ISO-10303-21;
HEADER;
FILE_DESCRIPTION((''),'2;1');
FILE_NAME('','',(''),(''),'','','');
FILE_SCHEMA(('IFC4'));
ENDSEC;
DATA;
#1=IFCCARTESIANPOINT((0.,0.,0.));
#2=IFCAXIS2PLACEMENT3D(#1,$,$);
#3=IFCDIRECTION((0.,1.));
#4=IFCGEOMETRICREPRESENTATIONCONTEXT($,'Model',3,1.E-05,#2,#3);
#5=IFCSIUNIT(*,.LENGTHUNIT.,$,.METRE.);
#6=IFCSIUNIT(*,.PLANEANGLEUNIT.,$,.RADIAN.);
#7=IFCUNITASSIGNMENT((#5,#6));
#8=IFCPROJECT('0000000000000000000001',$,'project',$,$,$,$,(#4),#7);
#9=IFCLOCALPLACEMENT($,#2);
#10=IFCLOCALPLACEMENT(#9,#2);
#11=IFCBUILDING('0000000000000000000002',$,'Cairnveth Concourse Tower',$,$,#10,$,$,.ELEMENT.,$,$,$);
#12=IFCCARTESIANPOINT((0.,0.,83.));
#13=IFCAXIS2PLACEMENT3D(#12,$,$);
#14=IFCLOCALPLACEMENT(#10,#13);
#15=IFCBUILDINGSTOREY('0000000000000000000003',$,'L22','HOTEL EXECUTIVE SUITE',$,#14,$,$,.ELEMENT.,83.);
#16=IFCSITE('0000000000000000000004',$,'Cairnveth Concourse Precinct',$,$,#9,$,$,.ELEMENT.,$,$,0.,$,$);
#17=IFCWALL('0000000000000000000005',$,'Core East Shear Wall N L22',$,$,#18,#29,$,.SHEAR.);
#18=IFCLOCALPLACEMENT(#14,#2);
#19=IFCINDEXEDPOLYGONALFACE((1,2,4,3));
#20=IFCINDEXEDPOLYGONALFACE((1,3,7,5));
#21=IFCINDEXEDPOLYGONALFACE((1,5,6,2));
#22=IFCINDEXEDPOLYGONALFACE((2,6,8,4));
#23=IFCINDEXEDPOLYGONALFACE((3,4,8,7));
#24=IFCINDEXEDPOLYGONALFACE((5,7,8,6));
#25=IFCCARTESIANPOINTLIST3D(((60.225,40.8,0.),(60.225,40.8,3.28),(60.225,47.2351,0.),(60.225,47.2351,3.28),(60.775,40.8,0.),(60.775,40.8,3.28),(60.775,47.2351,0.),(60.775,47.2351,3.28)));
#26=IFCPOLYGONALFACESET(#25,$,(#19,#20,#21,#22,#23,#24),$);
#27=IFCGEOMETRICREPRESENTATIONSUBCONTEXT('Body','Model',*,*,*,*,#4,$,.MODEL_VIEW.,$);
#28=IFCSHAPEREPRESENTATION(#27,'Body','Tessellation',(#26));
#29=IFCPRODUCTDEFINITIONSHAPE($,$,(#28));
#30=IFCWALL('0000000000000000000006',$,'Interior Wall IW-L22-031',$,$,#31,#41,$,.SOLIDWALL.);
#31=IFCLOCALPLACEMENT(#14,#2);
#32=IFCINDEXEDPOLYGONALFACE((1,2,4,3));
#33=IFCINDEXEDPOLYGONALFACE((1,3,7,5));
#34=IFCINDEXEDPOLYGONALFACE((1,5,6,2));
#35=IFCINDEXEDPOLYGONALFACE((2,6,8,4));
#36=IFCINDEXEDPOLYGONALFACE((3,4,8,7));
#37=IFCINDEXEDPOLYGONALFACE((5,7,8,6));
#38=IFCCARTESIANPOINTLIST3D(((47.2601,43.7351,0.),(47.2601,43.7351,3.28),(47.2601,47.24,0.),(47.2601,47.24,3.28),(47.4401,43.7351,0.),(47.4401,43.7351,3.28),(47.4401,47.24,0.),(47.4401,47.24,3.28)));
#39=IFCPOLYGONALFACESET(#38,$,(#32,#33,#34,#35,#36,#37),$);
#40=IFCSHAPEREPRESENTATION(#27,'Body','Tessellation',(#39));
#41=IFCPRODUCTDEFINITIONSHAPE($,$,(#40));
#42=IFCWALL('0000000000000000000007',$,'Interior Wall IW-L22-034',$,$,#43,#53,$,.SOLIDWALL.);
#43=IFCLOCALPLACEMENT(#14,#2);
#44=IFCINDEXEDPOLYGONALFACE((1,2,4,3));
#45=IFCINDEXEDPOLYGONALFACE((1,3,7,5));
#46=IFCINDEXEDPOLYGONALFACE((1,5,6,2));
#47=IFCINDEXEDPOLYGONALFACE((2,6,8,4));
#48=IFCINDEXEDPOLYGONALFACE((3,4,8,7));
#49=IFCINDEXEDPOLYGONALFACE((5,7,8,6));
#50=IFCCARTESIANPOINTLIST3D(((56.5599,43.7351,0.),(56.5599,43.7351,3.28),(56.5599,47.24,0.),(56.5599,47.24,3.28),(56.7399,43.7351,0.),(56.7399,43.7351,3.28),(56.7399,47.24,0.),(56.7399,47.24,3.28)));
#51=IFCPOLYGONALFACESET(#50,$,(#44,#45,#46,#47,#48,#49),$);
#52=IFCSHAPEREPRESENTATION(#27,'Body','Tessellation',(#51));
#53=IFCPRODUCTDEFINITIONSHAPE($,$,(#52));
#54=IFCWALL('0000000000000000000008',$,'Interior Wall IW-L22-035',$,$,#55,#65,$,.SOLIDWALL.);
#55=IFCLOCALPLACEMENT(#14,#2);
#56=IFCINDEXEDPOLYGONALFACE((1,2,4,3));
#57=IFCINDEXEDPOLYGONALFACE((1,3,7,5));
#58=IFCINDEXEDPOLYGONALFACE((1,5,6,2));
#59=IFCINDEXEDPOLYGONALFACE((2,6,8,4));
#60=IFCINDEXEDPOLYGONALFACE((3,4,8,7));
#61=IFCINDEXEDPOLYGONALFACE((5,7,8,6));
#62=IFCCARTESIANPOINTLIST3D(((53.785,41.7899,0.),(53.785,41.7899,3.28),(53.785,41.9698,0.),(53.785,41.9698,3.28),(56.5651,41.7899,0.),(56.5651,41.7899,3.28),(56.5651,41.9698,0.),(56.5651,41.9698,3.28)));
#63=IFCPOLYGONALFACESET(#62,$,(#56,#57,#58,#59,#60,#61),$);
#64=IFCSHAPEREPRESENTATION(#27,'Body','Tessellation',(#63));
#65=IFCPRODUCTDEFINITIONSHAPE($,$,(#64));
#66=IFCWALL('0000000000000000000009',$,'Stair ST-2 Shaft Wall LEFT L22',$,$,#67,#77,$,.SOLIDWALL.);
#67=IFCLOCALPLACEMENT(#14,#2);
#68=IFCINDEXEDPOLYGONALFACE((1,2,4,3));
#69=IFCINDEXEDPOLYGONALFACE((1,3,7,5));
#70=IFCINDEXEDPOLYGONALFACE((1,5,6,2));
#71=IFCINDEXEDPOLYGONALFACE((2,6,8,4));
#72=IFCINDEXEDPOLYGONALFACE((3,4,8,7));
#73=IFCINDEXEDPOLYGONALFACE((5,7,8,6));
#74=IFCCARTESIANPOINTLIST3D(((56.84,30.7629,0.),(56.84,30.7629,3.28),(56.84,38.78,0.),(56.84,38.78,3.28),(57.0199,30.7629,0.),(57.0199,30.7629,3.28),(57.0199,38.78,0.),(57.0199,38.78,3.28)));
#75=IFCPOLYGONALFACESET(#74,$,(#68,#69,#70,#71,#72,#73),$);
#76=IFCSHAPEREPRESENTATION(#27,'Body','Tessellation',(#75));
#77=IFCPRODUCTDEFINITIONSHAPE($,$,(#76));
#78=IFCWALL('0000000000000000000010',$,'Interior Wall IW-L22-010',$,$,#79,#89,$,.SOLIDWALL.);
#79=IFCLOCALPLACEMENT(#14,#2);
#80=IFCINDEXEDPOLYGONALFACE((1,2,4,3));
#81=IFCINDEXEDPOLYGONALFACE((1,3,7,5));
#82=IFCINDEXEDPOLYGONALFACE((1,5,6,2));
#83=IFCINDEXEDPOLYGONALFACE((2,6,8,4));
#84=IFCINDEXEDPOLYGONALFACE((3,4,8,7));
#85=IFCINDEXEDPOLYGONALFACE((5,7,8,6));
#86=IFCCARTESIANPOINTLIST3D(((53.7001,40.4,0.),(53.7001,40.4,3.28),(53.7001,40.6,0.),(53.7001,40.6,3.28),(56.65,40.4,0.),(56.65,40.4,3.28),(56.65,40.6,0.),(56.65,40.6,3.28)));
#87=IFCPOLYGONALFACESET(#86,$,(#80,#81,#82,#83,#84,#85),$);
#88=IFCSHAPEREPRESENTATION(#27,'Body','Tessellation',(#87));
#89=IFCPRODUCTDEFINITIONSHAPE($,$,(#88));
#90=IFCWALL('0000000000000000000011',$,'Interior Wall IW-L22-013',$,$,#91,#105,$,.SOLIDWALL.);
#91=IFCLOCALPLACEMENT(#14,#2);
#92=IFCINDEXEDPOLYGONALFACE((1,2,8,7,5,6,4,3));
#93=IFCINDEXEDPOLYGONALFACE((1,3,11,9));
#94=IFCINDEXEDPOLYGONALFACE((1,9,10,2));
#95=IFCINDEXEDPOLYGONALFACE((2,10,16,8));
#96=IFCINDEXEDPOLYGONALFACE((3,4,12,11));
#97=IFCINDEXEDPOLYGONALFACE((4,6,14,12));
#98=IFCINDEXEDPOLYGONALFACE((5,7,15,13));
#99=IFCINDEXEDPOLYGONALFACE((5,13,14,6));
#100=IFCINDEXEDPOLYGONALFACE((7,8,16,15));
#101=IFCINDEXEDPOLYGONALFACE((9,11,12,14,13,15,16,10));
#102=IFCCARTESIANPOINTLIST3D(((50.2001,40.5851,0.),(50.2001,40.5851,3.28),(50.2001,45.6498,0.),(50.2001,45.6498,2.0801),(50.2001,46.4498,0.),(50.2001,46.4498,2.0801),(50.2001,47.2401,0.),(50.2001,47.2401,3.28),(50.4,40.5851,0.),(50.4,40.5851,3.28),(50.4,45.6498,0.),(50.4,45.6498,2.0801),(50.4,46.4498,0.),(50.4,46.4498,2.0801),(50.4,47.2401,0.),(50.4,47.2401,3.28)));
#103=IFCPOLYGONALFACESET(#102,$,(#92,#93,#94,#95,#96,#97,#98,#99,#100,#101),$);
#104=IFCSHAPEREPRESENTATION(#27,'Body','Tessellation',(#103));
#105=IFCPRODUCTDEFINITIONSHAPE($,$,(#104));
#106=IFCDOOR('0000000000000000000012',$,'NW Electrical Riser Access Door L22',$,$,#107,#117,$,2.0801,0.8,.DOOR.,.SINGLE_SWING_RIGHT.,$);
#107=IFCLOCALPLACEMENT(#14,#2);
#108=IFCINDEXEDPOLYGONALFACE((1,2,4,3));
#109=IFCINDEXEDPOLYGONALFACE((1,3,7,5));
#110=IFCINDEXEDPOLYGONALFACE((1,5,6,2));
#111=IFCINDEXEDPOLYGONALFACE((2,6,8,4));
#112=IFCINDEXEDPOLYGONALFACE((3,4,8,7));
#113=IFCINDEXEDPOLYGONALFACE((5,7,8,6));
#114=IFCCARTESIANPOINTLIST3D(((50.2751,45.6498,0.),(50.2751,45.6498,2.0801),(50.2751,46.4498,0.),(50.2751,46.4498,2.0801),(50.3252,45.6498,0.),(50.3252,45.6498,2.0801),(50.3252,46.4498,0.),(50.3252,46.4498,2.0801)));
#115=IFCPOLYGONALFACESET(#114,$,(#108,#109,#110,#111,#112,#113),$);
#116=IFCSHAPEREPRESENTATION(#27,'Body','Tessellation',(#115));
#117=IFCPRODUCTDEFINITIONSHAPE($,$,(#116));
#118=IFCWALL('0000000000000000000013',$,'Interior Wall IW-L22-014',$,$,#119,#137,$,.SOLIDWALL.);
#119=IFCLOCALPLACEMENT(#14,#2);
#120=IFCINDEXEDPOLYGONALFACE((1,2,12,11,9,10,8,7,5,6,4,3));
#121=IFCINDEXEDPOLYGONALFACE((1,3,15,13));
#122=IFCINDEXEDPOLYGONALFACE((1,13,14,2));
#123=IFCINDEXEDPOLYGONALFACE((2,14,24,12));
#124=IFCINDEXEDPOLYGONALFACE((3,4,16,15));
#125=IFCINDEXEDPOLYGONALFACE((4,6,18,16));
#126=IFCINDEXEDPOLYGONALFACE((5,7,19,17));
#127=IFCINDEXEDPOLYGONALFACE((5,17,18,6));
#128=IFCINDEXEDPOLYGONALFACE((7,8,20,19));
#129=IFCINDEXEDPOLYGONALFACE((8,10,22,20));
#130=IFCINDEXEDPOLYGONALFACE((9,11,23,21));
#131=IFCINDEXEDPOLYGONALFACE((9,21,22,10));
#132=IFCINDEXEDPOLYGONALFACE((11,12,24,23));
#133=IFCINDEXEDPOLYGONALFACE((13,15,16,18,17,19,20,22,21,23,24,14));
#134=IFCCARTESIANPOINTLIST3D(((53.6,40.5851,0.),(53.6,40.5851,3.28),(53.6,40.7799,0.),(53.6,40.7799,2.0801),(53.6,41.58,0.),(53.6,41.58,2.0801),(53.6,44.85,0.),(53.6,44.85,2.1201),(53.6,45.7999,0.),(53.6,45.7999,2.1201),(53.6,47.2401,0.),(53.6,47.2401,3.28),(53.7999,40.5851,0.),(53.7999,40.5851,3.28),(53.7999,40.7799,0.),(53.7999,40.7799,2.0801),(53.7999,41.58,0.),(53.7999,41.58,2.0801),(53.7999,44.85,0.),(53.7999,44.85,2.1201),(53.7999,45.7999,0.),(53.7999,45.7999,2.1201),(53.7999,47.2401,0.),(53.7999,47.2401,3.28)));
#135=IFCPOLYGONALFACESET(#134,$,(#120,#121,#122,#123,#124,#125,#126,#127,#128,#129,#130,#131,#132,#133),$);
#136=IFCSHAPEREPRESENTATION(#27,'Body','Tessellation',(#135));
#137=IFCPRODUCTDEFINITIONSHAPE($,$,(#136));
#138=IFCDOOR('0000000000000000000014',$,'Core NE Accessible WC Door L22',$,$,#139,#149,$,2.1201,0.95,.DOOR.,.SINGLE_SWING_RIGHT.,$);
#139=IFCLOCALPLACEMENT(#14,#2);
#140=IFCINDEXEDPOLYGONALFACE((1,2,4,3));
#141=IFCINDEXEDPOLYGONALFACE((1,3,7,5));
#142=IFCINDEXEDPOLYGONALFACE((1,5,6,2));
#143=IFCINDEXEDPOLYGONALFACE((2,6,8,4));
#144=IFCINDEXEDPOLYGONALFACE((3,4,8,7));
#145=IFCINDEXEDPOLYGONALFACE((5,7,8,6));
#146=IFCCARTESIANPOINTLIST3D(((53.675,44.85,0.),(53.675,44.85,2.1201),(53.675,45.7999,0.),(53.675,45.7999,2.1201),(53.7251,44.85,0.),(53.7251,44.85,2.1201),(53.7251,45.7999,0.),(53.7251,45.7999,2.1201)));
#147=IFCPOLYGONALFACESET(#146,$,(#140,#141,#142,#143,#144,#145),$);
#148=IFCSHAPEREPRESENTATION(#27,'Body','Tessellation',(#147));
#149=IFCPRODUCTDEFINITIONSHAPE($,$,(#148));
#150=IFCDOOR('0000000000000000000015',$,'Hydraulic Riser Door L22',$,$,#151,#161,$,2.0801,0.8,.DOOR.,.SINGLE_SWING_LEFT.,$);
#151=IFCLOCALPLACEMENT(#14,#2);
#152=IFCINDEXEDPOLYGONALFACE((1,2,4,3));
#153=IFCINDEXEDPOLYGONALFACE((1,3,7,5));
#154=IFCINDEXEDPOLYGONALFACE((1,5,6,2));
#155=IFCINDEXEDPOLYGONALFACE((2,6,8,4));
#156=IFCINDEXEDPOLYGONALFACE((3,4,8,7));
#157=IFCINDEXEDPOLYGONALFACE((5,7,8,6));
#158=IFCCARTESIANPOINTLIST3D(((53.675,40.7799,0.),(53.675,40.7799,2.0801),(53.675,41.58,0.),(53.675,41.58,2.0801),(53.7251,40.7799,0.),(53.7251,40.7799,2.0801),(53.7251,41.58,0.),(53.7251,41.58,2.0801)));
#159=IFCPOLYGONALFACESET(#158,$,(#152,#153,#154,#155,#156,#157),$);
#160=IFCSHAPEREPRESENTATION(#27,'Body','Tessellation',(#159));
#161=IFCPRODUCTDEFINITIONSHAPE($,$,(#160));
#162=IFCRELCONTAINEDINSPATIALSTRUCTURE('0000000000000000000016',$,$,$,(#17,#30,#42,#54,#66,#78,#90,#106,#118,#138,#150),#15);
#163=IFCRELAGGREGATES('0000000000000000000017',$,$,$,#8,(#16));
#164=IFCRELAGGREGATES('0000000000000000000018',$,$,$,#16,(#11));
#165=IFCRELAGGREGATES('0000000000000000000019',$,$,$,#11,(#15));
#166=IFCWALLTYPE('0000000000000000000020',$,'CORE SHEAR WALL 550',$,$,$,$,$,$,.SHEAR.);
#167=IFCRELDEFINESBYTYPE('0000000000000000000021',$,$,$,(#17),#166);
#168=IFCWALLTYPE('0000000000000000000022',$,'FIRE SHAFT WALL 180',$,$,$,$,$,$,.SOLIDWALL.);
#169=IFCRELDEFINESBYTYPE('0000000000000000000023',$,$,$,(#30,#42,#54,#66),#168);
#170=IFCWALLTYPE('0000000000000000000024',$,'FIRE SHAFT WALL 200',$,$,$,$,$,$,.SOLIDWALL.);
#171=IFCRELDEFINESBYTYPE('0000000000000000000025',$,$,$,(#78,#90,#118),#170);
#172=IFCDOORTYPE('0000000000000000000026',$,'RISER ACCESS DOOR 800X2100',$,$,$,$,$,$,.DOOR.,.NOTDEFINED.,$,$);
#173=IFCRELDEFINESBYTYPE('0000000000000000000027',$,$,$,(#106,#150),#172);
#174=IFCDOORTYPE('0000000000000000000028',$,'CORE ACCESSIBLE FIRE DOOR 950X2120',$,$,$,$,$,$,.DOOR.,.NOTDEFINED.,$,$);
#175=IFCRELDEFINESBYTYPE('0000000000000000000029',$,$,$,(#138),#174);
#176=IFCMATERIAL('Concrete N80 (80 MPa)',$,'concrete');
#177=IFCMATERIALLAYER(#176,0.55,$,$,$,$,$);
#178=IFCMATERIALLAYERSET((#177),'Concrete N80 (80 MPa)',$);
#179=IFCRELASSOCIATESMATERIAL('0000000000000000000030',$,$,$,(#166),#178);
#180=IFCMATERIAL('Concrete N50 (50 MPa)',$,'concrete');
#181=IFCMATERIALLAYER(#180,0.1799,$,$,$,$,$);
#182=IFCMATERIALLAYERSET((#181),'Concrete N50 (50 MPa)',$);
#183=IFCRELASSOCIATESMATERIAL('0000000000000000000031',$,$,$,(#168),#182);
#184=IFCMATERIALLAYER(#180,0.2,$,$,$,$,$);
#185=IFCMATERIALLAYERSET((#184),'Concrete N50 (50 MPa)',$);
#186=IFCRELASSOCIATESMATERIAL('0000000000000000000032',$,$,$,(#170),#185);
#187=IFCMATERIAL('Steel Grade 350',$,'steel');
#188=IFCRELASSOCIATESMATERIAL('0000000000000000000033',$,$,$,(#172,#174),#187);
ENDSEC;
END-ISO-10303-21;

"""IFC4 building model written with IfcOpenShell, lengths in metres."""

from ifc_helpers import new_model, si_unit, direction, frame, frame_2d, origin, place, context, subcontext, project, spatial, rectangle, extrude, material, layer, layer_set, type_object, element, fill, save


model = new_model("IFC4")

# Units and contexts
model_context = context("Model", 3, precision=1e-05, world=origin(), true_north=direction((0.0, 1.0)))
body_context = subcontext(model_context, "Body", "Model", "MODEL_VIEW")
ifc_project = project(units=[si_unit("LENGTHUNIT", "METRE"), si_unit("PLANEANGLEUNIT", "RADIAN")], contexts=[model_context])

# Site, building, storey
site_placement = place(None, origin())
site = spatial("IfcSite", under=ifc_project, at=site_placement, Name="Cairnveth Concourse Precinct", CompositionType="ELEMENT", RefElevation=0.0)
building_placement = place(site_placement, origin())
building = spatial("IfcBuilding", under=site, at=building_placement, Name="Cairnveth Concourse Tower", CompositionType="ELEMENT")
storey_placement = place(building_placement, frame((0.0, 0.0, 83.0)))
storey = spatial("IfcBuildingStorey", under=building, at=storey_placement, Name="L22", Description="HOTEL EXECUTIVE SUITE", CompositionType="ELEMENT", Elevation=83.0)

# Walls
ifc_material_1 = material(Name="Concrete N80 (80 MPa)", Category="concrete")
ifc_layer_1 = layer(ifc_material_1, 0.55)
ifc_layer_set_1 = layer_set([ifc_layer_1], Name="Concrete N80 (80 MPa)")
wall_type_1 = type_object("IfcWallType", Name="CORE SHEAR WALL 550", PredefinedType="SHEAR", material=ifc_layer_set_1)
wall_1_placement = place(storey_placement, frame((60.5, 40.8, 0.0), z_axis=(0.0, 0.0, 1.0), x_axis=(0.0, 1.0, 0.0)))
element("IfcWall", 1, at=wall_1_placement, inside=storey, type_object=wall_type_1, Name="Core East Shear Wall N L22", PredefinedType="SHEAR", context=body_context, shape_type="SweptSolid", body=[
    extrude(rectangle(XDim=6.4351, YDim=0.55, at=frame_2d((3.2175, 0.0))), origin(), (0.0, 0.0, 1.0), 3.28),
])
ifc_material_2 = material(Name="Concrete N50 (50 MPa)", Category="concrete")
ifc_layer_2 = layer(ifc_material_2, 0.1799)
ifc_layer_set_2 = layer_set([ifc_layer_2], Name="Concrete N50 (50 MPa)")
wall_type_2 = type_object("IfcWallType", Name="FIRE SHAFT WALL 180", PredefinedType="SOLIDWALL", material=ifc_layer_set_2)
for number, where, z_axis, x_axis, name in (
    (2, (47.3501, 43.7351, 0.0), (0.0, 0.0, 1.0), (0.0, 1.0, 0.0), "Interior Wall IW-L22-031"),
    (3, (56.6499, 43.7351, 0.0), (0.0, 0.0, 1.0), (0.0, 1.0, 0.0), "Interior Wall IW-L22-034"),
):
    element("IfcWall", number, at=place(storey_placement, frame(where, z_axis=z_axis, x_axis=x_axis)), inside=storey, type_object=wall_type_2, Name=name, PredefinedType="SOLIDWALL", context=body_context, shape_type="SweptSolid", body=[
        extrude(rectangle(XDim=3.5049, YDim=0.1799, at=frame_2d((1.7524, 0.0))), origin(), (0.0, 0.0, 1.0), 3.28),
    ])
wall_2_placement = place(storey_placement, frame((53.7849, 41.8799, 0.0), z_axis=(0.0, 0.0, 1.0), x_axis=(1.0, 0.0, 0.0)))
element("IfcWall", 4, at=wall_2_placement, inside=storey, type_object=wall_type_2, Name="Interior Wall IW-L22-035", PredefinedType="SOLIDWALL", context=body_context, shape_type="SweptSolid", body=[
    extrude(rectangle(XDim=2.78, YDim=0.1799, at=frame_2d((1.3901, 0.0))), origin(), (0.0, 0.0, 1.0), 3.28),
])
wall_3_placement = place(storey_placement, frame((56.9299, 38.78, 0.0), z_axis=(0.0, 0.0, 1.0), x_axis=(0.0, -1.0, 0.0)))
element("IfcWall", 5, at=wall_3_placement, inside=storey, type_object=wall_type_2, Name="Stair ST-2 Shaft Wall LEFT L22", PredefinedType="SOLIDWALL", context=body_context, shape_type="SweptSolid", body=[
    extrude(rectangle(XDim=8.0171, YDim=0.1799, at=frame_2d((4.0085, 0.0))), origin(), (0.0, 0.0, 1.0), 3.28),
])
ifc_layer_3 = layer(ifc_material_2, 0.2)
ifc_layer_set_3 = layer_set([ifc_layer_3], Name="Concrete N50 (50 MPa)")
wall_type_3 = type_object("IfcWallType", Name="FIRE SHAFT WALL 200", PredefinedType="SOLIDWALL", material=ifc_layer_set_3)
wall_4_placement = place(storey_placement, frame((53.7, 40.5, 0.0), z_axis=(0.0, 0.0, 1.0), x_axis=(1.0, 0.0, 0.0)))
element("IfcWall", 6, at=wall_4_placement, inside=storey, type_object=wall_type_3, Name="Interior Wall IW-L22-010", PredefinedType="SOLIDWALL", context=body_context, shape_type="SweptSolid", body=[
    extrude(rectangle(XDim=2.95, YDim=0.2, at=frame_2d((1.4751, 0.0))), origin(), (0.0, 0.0, 1.0), 3.28),
])

# Wall, opening, door
wall_5_placement = place(storey_placement, frame((50.3, 40.585, 0.0), z_axis=(0.0, 0.0, 1.0), x_axis=(0.0, 1.0, 0.0)))
wall_5 = element("IfcWall", 7, at=wall_5_placement, inside=storey, type_object=wall_type_3, Name="Interior Wall IW-L22-013", PredefinedType="SOLIDWALL", context=body_context, shape_type="SweptSolid", body=[
    extrude(rectangle(XDim=6.655, YDim=0.2, at=frame_2d((3.3276, 0.0))), origin(), (0.0, 0.0, 1.0), 3.28),
])
opening_1_placement = place(wall_5_placement, frame((5.0649, 0.0, 0.0)))
opening_1 = element("IfcOpeningElement", 8, at=opening_1_placement, cuts=wall_5, PredefinedType="OPENING", context=body_context, shape_type="SweptSolid", body=[
    extrude(rectangle(XDim=0.8, YDim=2.0801, at=frame_2d((0.3999, 1.04))), frame((0.0, 0.1099, 0.0), z_axis=(0.0, -1.0, 0.0), x_axis=(1.0, 0.0, 0.0)), (0.0, 0.0, 1.0), 0.22),
])
ifc_material_3 = material(Name="Steel Grade 350", Category="steel")
door_type_1 = type_object("IfcDoorType", Name="RISER ACCESS DOOR 800X2100", OperationType="NOTDEFINED", PredefinedType="DOOR", material=ifc_material_3)
door_1_placement = place(opening_1_placement, origin())
door_1 = element("IfcDoor", 9, at=door_1_placement, inside=storey, type_object=door_type_1, Name="NW Electrical Riser Access Door L22", OperationType="SINGLE_SWING_RIGHT", OverallHeight=2.0801, OverallWidth=0.8, PredefinedType="DOOR", context=body_context, shape_type="SweptSolid", body=[
    extrude(rectangle(XDim=0.8, YDim=2.0801, at=frame_2d((0.3999, 1.04))), frame((0.0, 0.0249, 0.0), z_axis=(0.0, -1.0, 0.0), x_axis=(1.0, 0.0, 0.0)), (0.0, 0.0, 1.0), 0.05),
])
fill(opening_1, door_1)

# Wall, openings, doors
wall_6_placement = place(storey_placement, frame((53.7, 40.585, 0.0), z_axis=(0.0, 0.0, 1.0), x_axis=(0.0, 1.0, 0.0)))
wall_6 = element("IfcWall", 10, at=wall_6_placement, inside=storey, type_object=wall_type_3, Name="Interior Wall IW-L22-014", PredefinedType="SOLIDWALL", context=body_context, shape_type="SweptSolid", body=[
    extrude(rectangle(XDim=6.655, YDim=0.2, at=frame_2d((3.3276, 0.0))), origin(), (0.0, 0.0, 1.0), 3.28),
])
opening_2_placement = place(wall_6_placement, frame((0.1951, 0.0, 0.0)))
opening_2 = element("IfcOpeningElement", 11, at=opening_2_placement, cuts=wall_6, PredefinedType="OPENING", context=body_context, shape_type="SweptSolid", body=[
    extrude(rectangle(XDim=0.8, YDim=2.0801, at=frame_2d((0.3999, 1.04))), frame((0.0, 0.1099, 0.0), z_axis=(0.0, -1.0, 0.0), x_axis=(1.0, 0.0, 0.0)), (0.0, 0.0, 1.0), 0.22),
])
opening_3_placement = place(wall_6_placement, frame((4.2649, 0.0, 0.0)))
opening_3 = element("IfcOpeningElement", 12, at=opening_3_placement, cuts=wall_6, PredefinedType="OPENING", context=body_context, shape_type="SweptSolid", body=[
    extrude(rectangle(XDim=0.95, YDim=2.1201, at=frame_2d((0.4751, 1.0601))), frame((0.0, 0.1099, 0.0), z_axis=(0.0, -1.0, 0.0), x_axis=(1.0, 0.0, 0.0)), (0.0, 0.0, 1.0), 0.22),
])
door_type_2 = type_object("IfcDoorType", Name="CORE ACCESSIBLE FIRE DOOR 950X2120", OperationType="NOTDEFINED", PredefinedType="DOOR", material=ifc_material_3)
door_2_placement = place(opening_3_placement, origin())
door_2 = element("IfcDoor", 13, at=door_2_placement, inside=storey, type_object=door_type_2, Name="Core NE Accessible WC Door L22", OperationType="SINGLE_SWING_RIGHT", OverallHeight=2.1201, OverallWidth=0.95, PredefinedType="DOOR", context=body_context, shape_type="SweptSolid", body=[
    extrude(rectangle(XDim=0.95, YDim=2.1201, at=frame_2d((0.4751, 1.0601))), frame((0.0, 0.0249, 0.0), z_axis=(0.0, -1.0, 0.0), x_axis=(1.0, 0.0, 0.0)), (0.0, 0.0, 1.0), 0.05),
])
fill(opening_3, door_2)
door_3_placement = place(opening_2_placement, origin())
door_3 = element("IfcDoor", 14, at=door_3_placement, inside=storey, type_object=door_type_1, Name="Hydraulic Riser Door L22", OperationType="SINGLE_SWING_LEFT", OverallHeight=2.0801, OverallWidth=0.8, PredefinedType="DOOR", context=body_context, shape_type="SweptSolid", body=[
    extrude(rectangle(XDim=0.8, YDim=2.0801, at=frame_2d((0.3999, 1.04))), frame((0.0, 0.0249, 0.0), z_axis=(0.0, -1.0, 0.0), x_axis=(1.0, 0.0, 0.0)), (0.0, 0.0, 1.0), 0.05),
])
fill(opening_2, door_3)

save(model, "model.ifc")
